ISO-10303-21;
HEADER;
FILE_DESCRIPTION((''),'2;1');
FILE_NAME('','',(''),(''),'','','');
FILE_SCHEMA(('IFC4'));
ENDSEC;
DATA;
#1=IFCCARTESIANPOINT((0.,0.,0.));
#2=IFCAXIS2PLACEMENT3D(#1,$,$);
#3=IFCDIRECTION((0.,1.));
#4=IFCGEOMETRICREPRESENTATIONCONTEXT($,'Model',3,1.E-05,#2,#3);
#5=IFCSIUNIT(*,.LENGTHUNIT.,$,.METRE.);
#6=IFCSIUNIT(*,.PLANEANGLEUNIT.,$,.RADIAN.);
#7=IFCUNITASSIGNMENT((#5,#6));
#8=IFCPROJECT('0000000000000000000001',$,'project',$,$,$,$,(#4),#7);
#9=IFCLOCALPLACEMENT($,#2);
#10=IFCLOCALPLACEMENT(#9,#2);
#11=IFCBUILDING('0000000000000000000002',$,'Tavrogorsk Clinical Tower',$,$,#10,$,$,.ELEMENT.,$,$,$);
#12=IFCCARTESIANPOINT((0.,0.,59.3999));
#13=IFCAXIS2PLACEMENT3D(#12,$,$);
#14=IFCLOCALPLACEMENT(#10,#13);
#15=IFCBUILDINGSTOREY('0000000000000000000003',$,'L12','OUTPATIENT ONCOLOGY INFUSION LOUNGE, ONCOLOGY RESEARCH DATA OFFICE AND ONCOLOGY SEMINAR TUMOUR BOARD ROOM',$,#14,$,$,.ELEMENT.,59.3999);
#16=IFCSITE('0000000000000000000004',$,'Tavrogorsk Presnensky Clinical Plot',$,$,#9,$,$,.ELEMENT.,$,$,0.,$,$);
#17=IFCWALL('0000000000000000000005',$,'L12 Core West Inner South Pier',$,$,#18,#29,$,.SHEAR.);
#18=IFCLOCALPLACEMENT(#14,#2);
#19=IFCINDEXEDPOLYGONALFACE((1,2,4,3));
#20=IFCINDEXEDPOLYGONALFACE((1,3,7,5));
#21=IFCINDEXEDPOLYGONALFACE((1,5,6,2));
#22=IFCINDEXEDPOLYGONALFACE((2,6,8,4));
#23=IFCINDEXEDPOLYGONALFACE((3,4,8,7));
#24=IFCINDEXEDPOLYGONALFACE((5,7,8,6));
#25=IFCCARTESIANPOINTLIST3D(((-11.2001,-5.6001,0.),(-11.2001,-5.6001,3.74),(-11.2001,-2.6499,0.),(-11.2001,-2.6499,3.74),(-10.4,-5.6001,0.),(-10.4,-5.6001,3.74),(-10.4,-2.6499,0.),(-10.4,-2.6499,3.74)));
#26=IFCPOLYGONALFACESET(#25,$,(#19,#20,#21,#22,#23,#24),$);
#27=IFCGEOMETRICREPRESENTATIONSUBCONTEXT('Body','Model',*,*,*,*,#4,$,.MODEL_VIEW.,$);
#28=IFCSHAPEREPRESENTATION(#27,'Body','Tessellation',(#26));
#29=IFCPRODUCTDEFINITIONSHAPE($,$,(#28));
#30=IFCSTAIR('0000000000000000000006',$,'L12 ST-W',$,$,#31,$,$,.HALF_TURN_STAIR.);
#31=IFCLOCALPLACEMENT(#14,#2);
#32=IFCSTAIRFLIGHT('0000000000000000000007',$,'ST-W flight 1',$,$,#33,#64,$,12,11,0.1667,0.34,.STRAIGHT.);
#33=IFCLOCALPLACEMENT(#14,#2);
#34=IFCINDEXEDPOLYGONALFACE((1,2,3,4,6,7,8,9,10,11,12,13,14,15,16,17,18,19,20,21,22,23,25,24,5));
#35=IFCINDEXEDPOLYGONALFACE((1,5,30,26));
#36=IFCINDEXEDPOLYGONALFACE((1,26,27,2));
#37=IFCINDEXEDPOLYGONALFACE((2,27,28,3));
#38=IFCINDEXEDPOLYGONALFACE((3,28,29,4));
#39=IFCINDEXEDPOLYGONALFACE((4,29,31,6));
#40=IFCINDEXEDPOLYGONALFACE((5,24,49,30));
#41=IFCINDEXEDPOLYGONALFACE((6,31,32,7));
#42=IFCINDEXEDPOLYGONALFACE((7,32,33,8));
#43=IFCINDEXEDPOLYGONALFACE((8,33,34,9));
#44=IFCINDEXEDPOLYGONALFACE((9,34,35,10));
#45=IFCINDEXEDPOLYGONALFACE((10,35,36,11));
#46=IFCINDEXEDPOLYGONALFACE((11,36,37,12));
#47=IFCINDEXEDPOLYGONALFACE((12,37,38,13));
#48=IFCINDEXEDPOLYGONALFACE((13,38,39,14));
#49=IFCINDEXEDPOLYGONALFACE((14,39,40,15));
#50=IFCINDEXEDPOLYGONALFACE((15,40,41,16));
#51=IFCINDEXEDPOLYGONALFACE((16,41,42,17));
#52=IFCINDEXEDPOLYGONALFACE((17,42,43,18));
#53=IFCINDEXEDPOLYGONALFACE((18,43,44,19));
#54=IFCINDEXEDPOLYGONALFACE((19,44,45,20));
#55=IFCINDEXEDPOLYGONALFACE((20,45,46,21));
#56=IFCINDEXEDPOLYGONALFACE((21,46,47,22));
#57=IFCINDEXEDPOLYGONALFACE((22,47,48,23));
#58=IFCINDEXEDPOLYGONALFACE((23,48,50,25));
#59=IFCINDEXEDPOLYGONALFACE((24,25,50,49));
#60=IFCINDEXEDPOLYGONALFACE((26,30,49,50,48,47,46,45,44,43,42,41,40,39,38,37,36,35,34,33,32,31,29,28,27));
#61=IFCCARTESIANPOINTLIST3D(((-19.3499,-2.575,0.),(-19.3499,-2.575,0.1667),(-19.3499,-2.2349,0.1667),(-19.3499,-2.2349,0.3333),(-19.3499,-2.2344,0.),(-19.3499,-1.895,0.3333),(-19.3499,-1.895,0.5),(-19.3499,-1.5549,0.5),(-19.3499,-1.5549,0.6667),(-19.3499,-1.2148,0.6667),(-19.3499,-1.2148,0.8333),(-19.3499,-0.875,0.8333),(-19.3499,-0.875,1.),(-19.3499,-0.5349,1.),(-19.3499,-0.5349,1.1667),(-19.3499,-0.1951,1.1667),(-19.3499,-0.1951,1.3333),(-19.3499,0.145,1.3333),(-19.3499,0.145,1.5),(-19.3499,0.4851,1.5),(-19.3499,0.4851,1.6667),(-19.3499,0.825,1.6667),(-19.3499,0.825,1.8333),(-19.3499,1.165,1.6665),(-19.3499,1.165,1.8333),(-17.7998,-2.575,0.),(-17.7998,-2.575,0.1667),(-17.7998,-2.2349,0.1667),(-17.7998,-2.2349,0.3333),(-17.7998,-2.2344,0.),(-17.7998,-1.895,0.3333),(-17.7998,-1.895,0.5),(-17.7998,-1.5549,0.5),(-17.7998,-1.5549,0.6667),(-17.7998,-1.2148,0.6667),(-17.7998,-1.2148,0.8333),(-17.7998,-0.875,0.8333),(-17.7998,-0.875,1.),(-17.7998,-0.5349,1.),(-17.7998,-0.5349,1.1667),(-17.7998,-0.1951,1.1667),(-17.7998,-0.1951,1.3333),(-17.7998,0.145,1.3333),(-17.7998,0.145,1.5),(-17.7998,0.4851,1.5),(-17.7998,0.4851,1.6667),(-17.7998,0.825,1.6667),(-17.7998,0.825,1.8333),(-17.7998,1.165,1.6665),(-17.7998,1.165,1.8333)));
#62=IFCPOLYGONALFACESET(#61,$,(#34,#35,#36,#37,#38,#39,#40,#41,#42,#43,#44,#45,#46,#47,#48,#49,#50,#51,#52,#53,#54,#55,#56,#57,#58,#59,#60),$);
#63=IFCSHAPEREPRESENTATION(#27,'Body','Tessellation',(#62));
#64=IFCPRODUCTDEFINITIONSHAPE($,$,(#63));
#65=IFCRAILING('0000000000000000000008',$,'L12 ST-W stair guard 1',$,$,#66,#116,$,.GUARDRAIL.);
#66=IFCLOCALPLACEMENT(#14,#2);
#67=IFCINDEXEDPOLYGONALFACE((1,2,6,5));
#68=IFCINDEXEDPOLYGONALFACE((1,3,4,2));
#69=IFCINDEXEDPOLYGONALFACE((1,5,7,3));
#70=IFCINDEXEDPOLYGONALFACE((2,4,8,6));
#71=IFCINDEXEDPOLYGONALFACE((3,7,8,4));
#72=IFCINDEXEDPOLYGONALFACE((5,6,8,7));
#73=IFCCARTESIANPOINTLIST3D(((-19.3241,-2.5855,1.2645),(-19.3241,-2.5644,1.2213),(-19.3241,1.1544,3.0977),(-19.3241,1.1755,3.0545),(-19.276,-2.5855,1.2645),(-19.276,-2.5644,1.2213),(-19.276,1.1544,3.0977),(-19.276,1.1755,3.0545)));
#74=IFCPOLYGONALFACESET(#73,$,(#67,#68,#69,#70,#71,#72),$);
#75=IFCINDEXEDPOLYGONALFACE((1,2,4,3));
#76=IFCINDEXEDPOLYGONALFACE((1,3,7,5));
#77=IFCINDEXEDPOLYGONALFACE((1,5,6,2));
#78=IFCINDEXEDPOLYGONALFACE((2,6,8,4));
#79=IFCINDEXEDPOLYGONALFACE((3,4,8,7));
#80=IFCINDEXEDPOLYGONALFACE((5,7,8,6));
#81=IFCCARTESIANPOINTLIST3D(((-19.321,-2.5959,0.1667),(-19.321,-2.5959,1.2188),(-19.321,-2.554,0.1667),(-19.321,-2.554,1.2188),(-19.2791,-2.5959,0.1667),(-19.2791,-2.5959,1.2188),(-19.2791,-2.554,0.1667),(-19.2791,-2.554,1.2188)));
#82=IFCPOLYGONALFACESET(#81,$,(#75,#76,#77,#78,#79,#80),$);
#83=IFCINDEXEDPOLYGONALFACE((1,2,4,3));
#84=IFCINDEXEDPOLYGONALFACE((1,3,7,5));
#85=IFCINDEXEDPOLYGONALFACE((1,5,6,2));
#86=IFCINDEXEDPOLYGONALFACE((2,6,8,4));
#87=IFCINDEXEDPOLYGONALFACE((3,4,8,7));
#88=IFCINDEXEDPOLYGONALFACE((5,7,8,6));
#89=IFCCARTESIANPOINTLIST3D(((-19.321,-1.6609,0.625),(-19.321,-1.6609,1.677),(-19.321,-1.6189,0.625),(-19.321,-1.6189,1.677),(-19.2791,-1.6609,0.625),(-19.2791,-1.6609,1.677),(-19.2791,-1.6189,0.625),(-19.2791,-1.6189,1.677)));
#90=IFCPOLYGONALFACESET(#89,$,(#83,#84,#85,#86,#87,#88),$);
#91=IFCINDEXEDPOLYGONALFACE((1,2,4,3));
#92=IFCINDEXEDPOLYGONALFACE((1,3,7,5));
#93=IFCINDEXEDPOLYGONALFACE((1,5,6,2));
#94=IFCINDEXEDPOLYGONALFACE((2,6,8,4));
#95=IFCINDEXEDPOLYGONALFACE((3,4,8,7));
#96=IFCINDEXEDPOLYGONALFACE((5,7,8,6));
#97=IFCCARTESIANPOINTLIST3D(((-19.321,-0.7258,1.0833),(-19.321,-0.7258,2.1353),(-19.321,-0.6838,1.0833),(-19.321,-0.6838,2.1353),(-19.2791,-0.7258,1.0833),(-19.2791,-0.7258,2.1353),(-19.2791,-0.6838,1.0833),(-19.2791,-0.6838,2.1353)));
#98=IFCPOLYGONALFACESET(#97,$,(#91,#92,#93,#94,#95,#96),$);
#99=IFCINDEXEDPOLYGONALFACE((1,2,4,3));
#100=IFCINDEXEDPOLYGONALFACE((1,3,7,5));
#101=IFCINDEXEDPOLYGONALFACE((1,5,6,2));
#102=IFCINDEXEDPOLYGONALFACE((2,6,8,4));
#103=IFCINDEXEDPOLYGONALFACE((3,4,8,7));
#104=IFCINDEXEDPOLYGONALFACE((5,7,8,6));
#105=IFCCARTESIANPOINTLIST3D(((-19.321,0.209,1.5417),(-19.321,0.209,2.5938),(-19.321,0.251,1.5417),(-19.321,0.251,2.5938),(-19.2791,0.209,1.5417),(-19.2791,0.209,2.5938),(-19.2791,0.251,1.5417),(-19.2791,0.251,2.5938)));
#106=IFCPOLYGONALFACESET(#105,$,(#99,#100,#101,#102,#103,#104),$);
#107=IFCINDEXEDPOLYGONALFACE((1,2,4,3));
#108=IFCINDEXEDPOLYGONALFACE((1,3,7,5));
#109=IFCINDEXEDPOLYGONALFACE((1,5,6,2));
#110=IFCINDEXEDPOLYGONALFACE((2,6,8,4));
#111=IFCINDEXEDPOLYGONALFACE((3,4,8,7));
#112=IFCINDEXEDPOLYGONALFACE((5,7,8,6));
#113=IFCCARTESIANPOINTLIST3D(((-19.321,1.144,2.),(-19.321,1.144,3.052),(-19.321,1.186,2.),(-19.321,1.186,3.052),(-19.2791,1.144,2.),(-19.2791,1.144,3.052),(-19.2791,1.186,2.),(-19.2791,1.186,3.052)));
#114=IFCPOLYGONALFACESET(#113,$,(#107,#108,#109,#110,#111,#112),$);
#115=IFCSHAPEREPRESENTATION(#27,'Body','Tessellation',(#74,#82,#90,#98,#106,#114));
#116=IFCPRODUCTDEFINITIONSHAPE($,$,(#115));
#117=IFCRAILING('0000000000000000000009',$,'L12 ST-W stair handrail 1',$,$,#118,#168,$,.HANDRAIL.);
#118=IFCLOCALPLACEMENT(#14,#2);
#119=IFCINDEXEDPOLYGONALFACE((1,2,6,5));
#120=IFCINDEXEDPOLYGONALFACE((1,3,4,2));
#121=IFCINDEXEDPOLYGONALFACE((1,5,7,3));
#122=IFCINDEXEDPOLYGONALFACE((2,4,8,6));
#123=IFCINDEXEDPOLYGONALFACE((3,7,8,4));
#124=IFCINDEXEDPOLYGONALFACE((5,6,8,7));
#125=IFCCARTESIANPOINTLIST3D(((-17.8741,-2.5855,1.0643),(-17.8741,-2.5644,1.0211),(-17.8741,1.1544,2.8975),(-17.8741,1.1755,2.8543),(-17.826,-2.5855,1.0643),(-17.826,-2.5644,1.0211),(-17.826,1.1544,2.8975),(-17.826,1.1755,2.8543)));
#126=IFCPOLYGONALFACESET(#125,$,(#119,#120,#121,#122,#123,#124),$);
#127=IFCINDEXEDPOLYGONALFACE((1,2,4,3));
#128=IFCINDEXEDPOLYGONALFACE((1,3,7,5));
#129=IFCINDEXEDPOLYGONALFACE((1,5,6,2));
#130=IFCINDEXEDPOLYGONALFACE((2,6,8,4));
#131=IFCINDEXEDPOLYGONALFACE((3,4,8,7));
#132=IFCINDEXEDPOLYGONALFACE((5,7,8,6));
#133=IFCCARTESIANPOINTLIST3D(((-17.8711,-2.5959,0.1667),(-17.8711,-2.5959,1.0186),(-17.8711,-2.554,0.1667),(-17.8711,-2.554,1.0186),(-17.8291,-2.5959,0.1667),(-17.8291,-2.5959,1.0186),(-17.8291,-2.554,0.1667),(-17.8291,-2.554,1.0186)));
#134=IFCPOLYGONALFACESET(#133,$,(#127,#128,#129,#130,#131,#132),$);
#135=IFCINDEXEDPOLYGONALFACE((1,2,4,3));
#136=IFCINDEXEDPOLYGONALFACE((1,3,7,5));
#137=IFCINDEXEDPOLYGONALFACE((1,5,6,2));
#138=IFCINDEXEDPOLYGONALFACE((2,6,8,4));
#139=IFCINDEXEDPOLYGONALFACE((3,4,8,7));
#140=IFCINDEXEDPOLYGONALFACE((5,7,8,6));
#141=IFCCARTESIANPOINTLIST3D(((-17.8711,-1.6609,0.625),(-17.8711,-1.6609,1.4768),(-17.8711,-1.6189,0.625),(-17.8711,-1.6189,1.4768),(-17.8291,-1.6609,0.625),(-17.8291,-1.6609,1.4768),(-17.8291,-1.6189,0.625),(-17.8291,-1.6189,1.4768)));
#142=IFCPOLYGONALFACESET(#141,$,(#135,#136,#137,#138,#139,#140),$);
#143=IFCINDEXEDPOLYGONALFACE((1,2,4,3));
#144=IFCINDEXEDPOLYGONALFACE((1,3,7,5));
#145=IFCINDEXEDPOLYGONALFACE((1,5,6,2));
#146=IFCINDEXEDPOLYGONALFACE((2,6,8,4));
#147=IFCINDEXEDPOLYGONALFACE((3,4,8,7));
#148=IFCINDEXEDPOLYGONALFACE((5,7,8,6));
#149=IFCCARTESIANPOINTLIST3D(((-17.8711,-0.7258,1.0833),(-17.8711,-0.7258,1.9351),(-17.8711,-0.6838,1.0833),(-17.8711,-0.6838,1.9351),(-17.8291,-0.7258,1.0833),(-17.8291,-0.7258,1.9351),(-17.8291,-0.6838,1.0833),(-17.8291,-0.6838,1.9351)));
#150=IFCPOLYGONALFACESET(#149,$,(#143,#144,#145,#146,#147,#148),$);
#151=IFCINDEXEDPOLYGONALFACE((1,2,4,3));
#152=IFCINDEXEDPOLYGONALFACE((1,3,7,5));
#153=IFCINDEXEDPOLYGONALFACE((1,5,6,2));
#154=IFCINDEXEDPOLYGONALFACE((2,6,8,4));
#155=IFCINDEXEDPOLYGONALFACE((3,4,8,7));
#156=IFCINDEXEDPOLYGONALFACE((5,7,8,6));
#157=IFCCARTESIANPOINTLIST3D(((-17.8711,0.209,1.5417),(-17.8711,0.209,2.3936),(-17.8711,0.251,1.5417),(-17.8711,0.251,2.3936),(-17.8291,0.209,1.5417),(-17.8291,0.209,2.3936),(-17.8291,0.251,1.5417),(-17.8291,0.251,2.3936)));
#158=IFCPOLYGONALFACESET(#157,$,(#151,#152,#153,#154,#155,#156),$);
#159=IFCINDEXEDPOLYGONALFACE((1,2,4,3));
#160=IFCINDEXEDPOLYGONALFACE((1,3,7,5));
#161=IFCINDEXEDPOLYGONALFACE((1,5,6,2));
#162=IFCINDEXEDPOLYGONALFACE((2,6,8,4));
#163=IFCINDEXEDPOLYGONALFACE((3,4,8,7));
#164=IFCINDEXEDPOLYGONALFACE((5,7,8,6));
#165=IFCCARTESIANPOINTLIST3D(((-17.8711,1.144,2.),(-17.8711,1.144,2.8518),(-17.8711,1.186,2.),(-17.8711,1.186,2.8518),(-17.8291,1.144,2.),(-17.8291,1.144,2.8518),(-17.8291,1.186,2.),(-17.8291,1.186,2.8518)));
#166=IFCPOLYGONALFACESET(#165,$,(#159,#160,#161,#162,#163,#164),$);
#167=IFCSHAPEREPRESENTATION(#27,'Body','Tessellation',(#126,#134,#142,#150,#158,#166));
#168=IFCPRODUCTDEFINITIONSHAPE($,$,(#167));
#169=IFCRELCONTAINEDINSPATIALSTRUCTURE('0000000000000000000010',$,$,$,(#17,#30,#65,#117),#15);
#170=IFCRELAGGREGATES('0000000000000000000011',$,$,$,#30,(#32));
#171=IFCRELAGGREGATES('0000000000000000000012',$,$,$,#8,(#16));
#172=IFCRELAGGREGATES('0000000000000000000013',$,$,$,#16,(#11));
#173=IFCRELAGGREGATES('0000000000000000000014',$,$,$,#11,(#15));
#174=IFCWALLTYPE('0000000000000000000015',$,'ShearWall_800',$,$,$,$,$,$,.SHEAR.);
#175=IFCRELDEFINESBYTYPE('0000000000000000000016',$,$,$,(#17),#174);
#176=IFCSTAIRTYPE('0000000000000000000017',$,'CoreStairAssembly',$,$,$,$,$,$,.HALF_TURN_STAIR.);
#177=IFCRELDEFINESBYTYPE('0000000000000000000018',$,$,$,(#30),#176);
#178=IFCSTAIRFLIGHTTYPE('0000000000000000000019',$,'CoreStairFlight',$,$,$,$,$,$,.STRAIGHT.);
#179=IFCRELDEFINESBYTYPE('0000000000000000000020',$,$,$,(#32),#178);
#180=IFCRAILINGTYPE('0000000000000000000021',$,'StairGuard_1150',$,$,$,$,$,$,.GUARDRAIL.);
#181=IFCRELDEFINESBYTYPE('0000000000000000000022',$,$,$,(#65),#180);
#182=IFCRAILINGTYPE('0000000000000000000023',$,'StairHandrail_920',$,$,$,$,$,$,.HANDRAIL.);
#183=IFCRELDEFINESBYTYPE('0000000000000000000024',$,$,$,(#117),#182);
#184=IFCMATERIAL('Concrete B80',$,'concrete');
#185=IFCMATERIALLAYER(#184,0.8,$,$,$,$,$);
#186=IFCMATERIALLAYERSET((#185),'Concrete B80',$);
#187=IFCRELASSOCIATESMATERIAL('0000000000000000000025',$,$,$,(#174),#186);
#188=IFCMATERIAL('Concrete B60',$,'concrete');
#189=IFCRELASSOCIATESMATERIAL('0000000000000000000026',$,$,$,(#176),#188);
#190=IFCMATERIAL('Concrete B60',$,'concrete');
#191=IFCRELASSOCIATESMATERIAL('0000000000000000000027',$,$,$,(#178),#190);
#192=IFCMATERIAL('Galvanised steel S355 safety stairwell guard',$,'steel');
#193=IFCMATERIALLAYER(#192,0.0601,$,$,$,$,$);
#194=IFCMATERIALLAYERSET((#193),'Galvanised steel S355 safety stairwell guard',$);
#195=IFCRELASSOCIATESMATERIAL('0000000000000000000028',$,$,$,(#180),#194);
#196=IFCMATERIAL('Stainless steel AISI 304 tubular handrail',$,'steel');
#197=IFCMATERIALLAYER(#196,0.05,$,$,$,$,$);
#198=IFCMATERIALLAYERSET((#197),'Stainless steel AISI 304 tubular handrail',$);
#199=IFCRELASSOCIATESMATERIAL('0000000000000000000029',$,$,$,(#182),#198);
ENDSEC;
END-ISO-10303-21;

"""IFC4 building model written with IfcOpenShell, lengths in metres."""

from ifc_helpers import new_model, si_unit, direction, frame, frame_2d, origin, origin_2d, place, context, subcontext, project, spatial, polyline, rectangle, outline, extrude, material, layer, layer_set, type_object, element, aggregate, save


model = new_model("IFC4")

# Units and contexts
model_context = context("Model", 3, precision=1e-05, world=origin(), true_north=direction((0.0, 1.0)))
body_context = subcontext(model_context, "Body", "Model", "MODEL_VIEW")
ifc_project = project(units=[si_unit("LENGTHUNIT", "METRE"), si_unit("PLANEANGLEUNIT", "RADIAN")], contexts=[model_context])

# Site, building, storey
site_placement = place(None, origin())
site = spatial("IfcSite", under=ifc_project, at=site_placement, Name="Tavrogorsk Presnensky Clinical Plot", CompositionType="ELEMENT", RefElevation=0.0)
building_placement = place(site_placement, origin())
building = spatial("IfcBuilding", under=site, at=building_placement, Name="Tavrogorsk Clinical Tower", CompositionType="ELEMENT")
storey_placement = place(building_placement, frame((0.0, 0.0, 59.3999)))
storey = spatial("IfcBuildingStorey", under=building, at=storey_placement, Name="L12", Description="OUTPATIENT ONCOLOGY INFUSION LOUNGE, ONCOLOGY RESEARCH DATA OFFICE AND ONCOLOGY SEMINAR TUMOUR BOARD ROOM", CompositionType="ELEMENT", Elevation=59.3999)

# Wall
ifc_material_1 = material(Name="Concrete B80", Category="concrete")
ifc_layer_1 = layer(ifc_material_1, 0.8)
ifc_layer_set_1 = layer_set([ifc_layer_1], Name="Concrete B80")
wall_type_1 = type_object("IfcWallType", Name="ShearWall_800", PredefinedType="SHEAR", material=ifc_layer_set_1)
wall_1_placement = place(storey_placement, frame((-10.8, -5.6001, 0.0), z_axis=(0.0, 0.0, 1.0), x_axis=(0.0, 1.0, 0.0)))
element("IfcWall", 1, at=wall_1_placement, inside=storey, type_object=wall_type_1, Name="L12 Core West Inner South Pier", PredefinedType="SHEAR", context=body_context, shape_type="SweptSolid", body=[
    extrude(rectangle(XDim=2.9502, YDim=0.8, at=frame_2d((1.4751, 0.0))), origin(), (0.0, 0.0, 1.0), 3.74),
])

# Stair, stair flight
ifc_material_2 = material(Name="Concrete B60", Category="concrete")
stair_type = type_object("IfcStairType", Name="CoreStairAssembly", PredefinedType="HALF_TURN_STAIR", material=ifc_material_2)
stair_placement = place(storey_placement, origin())
stair = element("IfcStair", 2, at=stair_placement, inside=storey, type_object=stair_type, Name="L12 ST-W", PredefinedType="HALF_TURN_STAIR")
ifc_material_3 = material(Name="Concrete B60", Category="concrete")
stair_flight_type = type_object("IfcStairFlightType", Name="CoreStairFlight", PredefinedType="STRAIGHT", material=ifc_material_3)
stair_flight_placement = place(storey_placement, frame((-18.575, -2.575, 0.0), z_axis=(0.0, 0.0, 1.0), x_axis=(0.0, 1.0, 0.0)))
stair_flight = element("IfcStairFlight", 3, at=stair_flight_placement, type_object=stair_flight_type, Name="ST-W flight 1", NumberOfRisers=12, NumberOfTreads=11, PredefinedType="STRAIGHT", RiserHeight=0.1667, TreadLength=0.34, context=body_context, shape_type="SweptSolid", body=[
    extrude(outline(polyline([(0.0, 0.0), (0.0, 0.1667), (0.3401, 0.1667), (0.3401, 0.3333), (0.6799, 0.3333), (0.6799, 0.5), (1.02, 0.5), (1.02, 0.6667), (1.3601, 0.6667), (1.3601, 0.8333), (1.7, 0.8333), (1.7, 1.0), (2.04, 1.0), (2.04, 1.1667), (2.3799, 1.1667), (2.3799, 1.3333), (2.72, 1.3333), (2.72, 1.5), (3.0601, 1.5), (3.0601, 1.6667), (3.3999, 1.6667), (3.3999, 1.8333), (3.74, 1.8333), (3.74, 2.0), (3.74, 1.6665), (0.3406, 0.0), (0.0, 0.0)])), frame((0.0, 0.7749, 0.0), z_axis=(0.0, -1.0, 0.0), x_axis=(1.0, 0.0, 0.0)), (0.0, 0.0, 1.0), 1.55),
])
aggregate(stair, [stair_flight])

# Railings
ifc_material_4 = material(Name="Galvanised steel S355 safety stairwell guard", Category="steel")
ifc_layer_2 = layer(ifc_material_4, 0.0601)
ifc_layer_set_2 = layer_set([ifc_layer_2], Name="Galvanised steel S355 safety stairwell guard")
railing_type_1 = type_object("IfcRailingType", Name="StairGuard_1150", PredefinedType="GUARDRAIL", material=ifc_layer_set_2)
railing_1_placement = place(storey_placement, frame((-19.3, -2.575, 0.1667)))
element("IfcRailing", 4, at=railing_1_placement, inside=storey, type_object=railing_type_1, Name="L12 ST-W stair guard 1", PredefinedType="GUARDRAIL", context=body_context, shape_type="SweptSolid", body=[
    extrude(rectangle(XDim=0.0481, YDim=0.0481, at=origin_2d()), frame((0.0, 0.0, 1.0762), z_axis=(0.0, 0.897928, 0.440142), x_axis=(-1.0, 0.0, 0.0)), (0.0, 0.0, 1.0), 4.165),
    extrude(rectangle(XDim=0.042, YDim=0.042, at=origin_2d()), origin(), (0.0, 0.0, 1.0), 1.052),
    extrude(rectangle(XDim=0.042, YDim=0.042, at=origin_2d()), frame((0.0, 0.9351, 0.4583)), (0.0, 0.0, 1.0), 1.052),
    extrude(rectangle(XDim=0.042, YDim=0.042, at=origin_2d()), frame((0.0, 1.8701, 0.9165)), (0.0, 0.0, 1.0), 1.052),
    extrude(rectangle(XDim=0.042, YDim=0.042, at=origin_2d()), frame((0.0, 2.8049, 1.375)), (0.0, 0.0, 1.0), 1.052),
    extrude(rectangle(XDim=0.042, YDim=0.042, at=origin_2d()), frame((0.0, 3.74, 1.8333)), (0.0, 0.0, 1.0), 1.052),
])
ifc_material_5 = material(Name="Stainless steel AISI 304 tubular handrail", Category="steel")
ifc_layer_3 = layer(ifc_material_5, 0.05)
ifc_layer_set_3 = layer_set([ifc_layer_3], Name="Stainless steel AISI 304 tubular handrail")
railing_type_2 = type_object("IfcRailingType", Name="StairHandrail_920", PredefinedType="HANDRAIL", material=ifc_layer_set_3)
railing_2_placement = place(storey_placement, frame((-17.8501, -2.575, 0.1667)))
element("IfcRailing", 5, at=railing_2_placement, inside=storey, type_object=railing_type_2, Name="L12 ST-W stair handrail 1", PredefinedType="HANDRAIL", context=body_context, shape_type="SweptSolid", body=[
    extrude(rectangle(XDim=0.0481, YDim=0.0481, at=origin_2d()), frame((0.0, 0.0, 0.876), z_axis=(0.0, 0.897928, 0.440142), x_axis=(-1.0, 0.0, 0.0)), (0.0, 0.0, 1.0), 4.165),
    extrude(rectangle(XDim=0.042, YDim=0.042, at=origin_2d()), origin(), (0.0, 0.0, 1.0), 0.8518),
    extrude(rectangle(XDim=0.042, YDim=0.042, at=origin_2d()), frame((0.0, 0.9351, 0.4583)), (0.0, 0.0, 1.0), 0.8518),
    extrude(rectangle(XDim=0.042, YDim=0.042, at=origin_2d()), frame((0.0, 1.8701, 0.9165)), (0.0, 0.0, 1.0), 0.8518),
    extrude(rectangle(XDim=0.042, YDim=0.042, at=origin_2d()), frame((0.0, 2.8049, 1.375)), (0.0, 0.0, 1.0), 0.8518),
    extrude(rectangle(XDim=0.042, YDim=0.042, at=origin_2d()), frame((0.0, 3.74, 1.8333)), (0.0, 0.0, 1.0), 0.8518),
])

save(model, "model.ifc")
